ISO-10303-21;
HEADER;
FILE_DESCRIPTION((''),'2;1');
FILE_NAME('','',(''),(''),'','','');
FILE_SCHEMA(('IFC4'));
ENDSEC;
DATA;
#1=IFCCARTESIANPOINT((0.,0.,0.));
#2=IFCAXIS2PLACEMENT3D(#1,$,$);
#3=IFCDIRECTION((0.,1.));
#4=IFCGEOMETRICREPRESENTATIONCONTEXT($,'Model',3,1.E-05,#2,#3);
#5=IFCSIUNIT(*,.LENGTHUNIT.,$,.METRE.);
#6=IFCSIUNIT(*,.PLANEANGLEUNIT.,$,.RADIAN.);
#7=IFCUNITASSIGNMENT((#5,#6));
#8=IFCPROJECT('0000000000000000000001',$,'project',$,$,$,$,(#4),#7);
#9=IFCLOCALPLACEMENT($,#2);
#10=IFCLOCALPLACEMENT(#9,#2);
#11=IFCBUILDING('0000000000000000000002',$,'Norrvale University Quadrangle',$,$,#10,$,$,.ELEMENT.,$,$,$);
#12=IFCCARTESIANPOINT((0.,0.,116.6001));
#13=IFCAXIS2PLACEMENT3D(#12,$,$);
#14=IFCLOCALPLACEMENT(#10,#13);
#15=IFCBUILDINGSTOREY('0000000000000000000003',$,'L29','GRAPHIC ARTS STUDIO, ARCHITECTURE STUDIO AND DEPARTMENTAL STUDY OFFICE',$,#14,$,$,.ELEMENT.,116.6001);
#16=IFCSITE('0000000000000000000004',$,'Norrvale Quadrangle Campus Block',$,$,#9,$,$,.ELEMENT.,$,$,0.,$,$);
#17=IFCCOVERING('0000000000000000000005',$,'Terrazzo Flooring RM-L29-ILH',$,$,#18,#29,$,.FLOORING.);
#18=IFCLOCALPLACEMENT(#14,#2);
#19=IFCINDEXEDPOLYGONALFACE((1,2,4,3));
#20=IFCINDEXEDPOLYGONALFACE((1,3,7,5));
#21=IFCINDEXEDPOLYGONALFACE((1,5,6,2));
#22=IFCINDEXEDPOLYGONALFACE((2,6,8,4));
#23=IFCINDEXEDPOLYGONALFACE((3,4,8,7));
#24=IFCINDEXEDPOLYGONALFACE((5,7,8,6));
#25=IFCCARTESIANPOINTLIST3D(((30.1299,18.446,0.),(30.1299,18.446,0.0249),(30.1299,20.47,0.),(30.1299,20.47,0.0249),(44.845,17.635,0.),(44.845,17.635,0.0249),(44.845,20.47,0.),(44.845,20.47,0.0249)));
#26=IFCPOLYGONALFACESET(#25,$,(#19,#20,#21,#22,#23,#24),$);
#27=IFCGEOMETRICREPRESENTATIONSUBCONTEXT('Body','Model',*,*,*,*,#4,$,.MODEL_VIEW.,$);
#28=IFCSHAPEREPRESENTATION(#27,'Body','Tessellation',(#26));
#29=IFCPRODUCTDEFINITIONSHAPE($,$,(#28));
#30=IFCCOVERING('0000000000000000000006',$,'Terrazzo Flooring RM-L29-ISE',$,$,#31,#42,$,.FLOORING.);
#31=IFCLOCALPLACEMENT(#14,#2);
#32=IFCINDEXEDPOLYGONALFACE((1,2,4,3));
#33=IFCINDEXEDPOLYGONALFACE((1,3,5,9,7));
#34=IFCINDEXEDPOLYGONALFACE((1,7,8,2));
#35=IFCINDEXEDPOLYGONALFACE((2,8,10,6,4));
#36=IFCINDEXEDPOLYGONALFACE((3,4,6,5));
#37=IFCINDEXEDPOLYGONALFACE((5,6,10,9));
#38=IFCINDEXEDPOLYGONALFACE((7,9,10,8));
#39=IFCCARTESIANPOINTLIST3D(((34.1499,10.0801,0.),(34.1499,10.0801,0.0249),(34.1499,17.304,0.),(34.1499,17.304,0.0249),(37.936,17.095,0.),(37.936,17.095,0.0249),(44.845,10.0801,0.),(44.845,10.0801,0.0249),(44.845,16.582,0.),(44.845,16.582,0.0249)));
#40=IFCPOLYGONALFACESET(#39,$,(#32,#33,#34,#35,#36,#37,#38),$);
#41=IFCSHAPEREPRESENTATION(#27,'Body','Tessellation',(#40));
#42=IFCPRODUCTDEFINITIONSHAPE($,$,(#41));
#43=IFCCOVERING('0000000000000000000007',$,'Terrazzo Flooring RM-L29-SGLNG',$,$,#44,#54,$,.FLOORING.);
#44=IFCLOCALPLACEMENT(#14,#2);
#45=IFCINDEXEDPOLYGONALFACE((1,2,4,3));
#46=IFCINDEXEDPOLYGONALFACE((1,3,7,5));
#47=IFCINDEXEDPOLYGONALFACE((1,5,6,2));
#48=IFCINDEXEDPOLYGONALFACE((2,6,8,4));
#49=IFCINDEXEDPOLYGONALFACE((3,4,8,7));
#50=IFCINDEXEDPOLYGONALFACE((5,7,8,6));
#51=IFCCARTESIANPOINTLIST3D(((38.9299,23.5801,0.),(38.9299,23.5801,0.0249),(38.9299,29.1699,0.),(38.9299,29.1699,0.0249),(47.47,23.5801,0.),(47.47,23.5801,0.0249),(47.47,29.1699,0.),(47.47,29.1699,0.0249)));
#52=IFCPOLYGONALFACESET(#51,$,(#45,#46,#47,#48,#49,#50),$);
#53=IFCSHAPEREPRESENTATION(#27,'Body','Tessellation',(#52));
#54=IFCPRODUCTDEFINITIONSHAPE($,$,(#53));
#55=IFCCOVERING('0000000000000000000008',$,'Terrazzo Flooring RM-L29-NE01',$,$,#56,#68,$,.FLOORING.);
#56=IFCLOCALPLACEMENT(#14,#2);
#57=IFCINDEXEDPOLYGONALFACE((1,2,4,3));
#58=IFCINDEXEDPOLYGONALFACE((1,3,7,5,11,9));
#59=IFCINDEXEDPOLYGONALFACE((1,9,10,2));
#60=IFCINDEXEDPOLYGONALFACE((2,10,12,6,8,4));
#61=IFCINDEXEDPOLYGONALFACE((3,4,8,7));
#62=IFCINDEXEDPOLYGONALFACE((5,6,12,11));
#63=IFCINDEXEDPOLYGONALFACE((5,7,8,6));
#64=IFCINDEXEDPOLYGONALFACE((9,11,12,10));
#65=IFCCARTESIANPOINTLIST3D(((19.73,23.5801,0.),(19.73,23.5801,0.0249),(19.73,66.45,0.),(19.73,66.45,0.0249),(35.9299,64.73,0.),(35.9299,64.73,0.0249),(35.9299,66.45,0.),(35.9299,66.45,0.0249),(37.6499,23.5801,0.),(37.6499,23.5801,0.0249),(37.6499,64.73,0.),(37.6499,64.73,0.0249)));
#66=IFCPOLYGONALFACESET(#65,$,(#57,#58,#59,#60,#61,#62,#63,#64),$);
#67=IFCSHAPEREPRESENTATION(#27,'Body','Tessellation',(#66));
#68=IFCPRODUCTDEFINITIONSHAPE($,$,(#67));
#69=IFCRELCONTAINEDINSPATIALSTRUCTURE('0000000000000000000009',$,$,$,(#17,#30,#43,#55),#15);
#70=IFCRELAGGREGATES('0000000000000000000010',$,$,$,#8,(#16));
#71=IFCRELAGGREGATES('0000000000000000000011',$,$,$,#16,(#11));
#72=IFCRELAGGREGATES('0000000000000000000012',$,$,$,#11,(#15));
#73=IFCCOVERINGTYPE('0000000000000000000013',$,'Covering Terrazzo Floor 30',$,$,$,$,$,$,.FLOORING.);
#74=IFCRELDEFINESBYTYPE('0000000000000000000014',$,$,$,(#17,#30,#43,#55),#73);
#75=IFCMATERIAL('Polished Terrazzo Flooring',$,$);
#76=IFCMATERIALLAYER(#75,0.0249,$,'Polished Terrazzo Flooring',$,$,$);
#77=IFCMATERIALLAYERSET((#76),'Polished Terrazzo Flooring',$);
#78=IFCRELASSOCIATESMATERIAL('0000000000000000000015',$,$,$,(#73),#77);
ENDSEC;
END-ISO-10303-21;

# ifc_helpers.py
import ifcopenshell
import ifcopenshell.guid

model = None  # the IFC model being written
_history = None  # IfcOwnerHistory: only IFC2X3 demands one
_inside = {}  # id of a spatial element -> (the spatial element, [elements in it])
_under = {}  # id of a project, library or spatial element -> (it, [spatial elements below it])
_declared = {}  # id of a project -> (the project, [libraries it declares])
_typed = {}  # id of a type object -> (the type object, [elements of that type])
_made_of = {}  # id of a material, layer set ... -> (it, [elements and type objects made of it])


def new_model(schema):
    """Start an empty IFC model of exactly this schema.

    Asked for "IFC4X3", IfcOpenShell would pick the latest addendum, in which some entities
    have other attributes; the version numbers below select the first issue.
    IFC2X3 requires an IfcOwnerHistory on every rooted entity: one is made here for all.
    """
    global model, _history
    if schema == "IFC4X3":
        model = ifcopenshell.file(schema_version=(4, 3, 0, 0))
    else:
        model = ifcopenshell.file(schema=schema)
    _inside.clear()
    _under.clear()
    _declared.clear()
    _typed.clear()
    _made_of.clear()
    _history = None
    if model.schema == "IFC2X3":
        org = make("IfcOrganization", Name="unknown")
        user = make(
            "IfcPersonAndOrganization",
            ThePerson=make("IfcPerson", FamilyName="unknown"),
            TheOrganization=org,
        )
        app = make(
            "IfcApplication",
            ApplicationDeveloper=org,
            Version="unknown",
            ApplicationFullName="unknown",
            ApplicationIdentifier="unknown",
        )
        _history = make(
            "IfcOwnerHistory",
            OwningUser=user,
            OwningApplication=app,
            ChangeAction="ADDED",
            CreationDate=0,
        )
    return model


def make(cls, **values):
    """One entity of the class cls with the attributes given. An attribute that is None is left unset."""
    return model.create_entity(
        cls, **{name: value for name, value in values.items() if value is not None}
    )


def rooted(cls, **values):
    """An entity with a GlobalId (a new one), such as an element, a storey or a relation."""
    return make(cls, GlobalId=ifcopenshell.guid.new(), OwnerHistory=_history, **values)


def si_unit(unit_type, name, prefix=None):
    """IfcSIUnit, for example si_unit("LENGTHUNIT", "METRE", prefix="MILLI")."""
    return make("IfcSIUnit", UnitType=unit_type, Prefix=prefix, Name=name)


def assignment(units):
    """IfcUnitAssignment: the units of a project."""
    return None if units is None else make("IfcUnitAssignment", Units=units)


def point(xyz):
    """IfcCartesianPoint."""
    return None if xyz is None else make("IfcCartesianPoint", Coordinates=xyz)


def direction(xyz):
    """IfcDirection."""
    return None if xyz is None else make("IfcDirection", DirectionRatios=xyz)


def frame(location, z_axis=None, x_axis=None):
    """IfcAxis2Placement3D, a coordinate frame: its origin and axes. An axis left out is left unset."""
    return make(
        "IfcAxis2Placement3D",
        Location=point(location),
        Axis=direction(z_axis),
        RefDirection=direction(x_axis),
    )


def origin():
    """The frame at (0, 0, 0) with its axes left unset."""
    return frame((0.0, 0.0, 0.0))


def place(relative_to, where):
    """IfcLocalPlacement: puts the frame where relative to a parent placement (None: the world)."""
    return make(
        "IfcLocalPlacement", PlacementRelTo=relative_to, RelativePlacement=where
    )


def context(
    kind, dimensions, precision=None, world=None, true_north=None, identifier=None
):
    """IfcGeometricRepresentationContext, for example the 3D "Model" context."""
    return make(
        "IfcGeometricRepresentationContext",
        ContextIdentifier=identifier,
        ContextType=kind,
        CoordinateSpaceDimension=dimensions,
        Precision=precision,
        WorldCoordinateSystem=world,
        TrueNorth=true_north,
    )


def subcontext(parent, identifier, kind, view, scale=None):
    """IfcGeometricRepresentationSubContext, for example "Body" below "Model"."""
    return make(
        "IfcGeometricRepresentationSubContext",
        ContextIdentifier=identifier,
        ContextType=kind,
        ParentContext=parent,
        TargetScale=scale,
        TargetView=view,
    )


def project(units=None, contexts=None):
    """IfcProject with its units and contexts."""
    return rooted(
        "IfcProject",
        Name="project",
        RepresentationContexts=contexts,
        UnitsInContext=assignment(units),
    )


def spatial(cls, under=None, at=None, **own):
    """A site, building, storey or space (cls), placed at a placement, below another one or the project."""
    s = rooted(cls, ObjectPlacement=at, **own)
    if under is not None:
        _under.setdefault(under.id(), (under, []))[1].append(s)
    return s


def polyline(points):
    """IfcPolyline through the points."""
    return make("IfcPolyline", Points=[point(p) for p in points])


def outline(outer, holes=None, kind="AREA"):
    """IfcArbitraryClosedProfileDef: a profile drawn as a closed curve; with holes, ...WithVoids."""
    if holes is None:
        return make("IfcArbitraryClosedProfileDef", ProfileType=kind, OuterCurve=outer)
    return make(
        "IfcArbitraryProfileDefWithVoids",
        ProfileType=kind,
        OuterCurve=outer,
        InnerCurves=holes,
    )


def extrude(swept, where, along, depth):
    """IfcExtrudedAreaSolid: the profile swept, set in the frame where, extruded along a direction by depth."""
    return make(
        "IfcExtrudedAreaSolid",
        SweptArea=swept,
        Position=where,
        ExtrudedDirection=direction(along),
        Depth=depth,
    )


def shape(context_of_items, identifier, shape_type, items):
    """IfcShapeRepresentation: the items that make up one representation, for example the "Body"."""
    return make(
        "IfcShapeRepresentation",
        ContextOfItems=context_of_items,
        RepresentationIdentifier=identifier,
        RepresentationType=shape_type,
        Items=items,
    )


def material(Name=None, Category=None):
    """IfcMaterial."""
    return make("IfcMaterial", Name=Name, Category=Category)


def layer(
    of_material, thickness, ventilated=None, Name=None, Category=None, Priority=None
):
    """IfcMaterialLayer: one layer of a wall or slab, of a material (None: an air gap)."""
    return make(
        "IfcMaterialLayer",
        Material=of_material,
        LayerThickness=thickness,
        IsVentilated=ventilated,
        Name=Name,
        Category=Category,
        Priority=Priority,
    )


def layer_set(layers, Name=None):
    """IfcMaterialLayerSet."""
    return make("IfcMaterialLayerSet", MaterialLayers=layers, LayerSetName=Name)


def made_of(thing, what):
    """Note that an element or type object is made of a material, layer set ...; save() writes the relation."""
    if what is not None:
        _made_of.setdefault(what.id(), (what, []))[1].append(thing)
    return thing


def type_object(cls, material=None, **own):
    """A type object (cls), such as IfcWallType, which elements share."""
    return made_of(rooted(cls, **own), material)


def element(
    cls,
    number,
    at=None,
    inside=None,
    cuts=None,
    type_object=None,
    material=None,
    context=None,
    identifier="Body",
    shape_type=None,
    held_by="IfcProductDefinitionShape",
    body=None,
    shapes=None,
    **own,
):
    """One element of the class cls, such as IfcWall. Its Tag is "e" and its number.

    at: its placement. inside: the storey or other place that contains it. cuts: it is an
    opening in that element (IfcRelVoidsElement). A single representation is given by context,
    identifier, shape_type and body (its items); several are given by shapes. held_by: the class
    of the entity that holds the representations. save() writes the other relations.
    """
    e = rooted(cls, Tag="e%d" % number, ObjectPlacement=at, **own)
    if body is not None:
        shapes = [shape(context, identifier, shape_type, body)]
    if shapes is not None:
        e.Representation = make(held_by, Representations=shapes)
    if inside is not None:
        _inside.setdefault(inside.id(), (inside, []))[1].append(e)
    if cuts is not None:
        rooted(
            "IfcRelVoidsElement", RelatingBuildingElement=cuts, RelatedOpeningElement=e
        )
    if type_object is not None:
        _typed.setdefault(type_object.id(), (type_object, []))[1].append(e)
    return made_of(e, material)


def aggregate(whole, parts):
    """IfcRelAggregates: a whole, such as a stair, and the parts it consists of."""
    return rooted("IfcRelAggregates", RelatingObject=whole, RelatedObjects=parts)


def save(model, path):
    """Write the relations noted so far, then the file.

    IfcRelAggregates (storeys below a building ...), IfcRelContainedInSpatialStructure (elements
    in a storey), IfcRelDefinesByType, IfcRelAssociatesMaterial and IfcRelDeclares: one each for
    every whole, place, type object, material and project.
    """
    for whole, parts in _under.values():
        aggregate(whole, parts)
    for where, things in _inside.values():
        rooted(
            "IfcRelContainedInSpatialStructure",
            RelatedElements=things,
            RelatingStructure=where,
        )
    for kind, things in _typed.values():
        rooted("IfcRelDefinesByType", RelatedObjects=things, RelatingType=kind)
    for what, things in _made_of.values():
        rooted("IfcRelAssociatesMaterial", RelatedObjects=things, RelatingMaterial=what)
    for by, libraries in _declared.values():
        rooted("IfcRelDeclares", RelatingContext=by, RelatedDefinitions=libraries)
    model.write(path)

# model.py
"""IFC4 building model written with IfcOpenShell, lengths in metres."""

from ifc_helpers import new_model, si_unit, direction, frame, origin, place, context, subcontext, project, spatial, polyline, outline, extrude, material, layer, layer_set, type_object, element, save


model = new_model("IFC4")

# Units and contexts
model_context = context("Model", 3, precision=1e-05, world=origin(), true_north=direction((0.0, 1.0)))
body_context = subcontext(model_context, "Body", "Model", "MODEL_VIEW")
ifc_project = project(units=[si_unit("LENGTHUNIT", "METRE"), si_unit("PLANEANGLEUNIT", "RADIAN")], contexts=[model_context])

# Site, building, storey
site_placement = place(None, origin())
site = spatial("IfcSite", under=ifc_project, at=site_placement, Name="Norrvale Quadrangle Campus Block", CompositionType="ELEMENT", RefElevation=0.0)
building_placement = place(site_placement, origin())
building = spatial("IfcBuilding", under=site, at=building_placement, Name="Norrvale University Quadrangle", CompositionType="ELEMENT")
storey_placement = place(building_placement, frame((0.0, 0.0, 116.6001)))
storey = spatial("IfcBuildingStorey", under=building, at=storey_placement, Name="L29", Description="GRAPHIC ARTS STUDIO, ARCHITECTURE STUDIO AND DEPARTMENTAL STUDY OFFICE", CompositionType="ELEMENT", Elevation=116.6001)

# Coverings
ifc_material_1 = material(Name="Polished Terrazzo Flooring")
ifc_layer_1 = layer(ifc_material_1, 0.0249, Name="Polished Terrazzo Flooring")
ifc_layer_set_1 = layer_set([ifc_layer_1], Name="Polished Terrazzo Flooring")
covering_type_1 = type_object("IfcCoveringType", Name="Covering Terrazzo Floor 30", PredefinedType="FLOORING", material=ifc_layer_set_1)
covering_1_placement = place(storey_placement, origin())
element("IfcCovering", 1, at=covering_1_placement, inside=storey, type_object=covering_type_1, Name="Terrazzo Flooring RM-L29-ILH", PredefinedType="FLOORING", context=body_context, shape_type="SweptSolid", body=[
    extrude(outline(polyline([(30.1299, 18.446), (30.1299, 20.47), (44.845, 20.47), (44.845, 17.635), (30.1299, 18.446)])), origin(), (0.0, 0.0, 1.0), 0.0249),
])
covering_2_placement = place(storey_placement, origin())
element("IfcCovering", 2, at=covering_2_placement, inside=storey, type_object=covering_type_1, Name="Terrazzo Flooring RM-L29-ISE", PredefinedType="FLOORING", context=body_context, shape_type="SweptSolid", body=[
    extrude(outline(polyline([(44.845, 16.582), (44.845, 10.0801), (34.1499, 10.0801), (34.1499, 17.304), (37.936, 17.095), (44.845, 16.582)])), origin(), (0.0, 0.0, 1.0), 0.0249),
])
covering_3_placement = place(storey_placement, origin())
element("IfcCovering", 3, at=covering_3_placement, inside=storey, type_object=covering_type_1, Name="Terrazzo Flooring RM-L29-SGLNG", PredefinedType="FLOORING", context=body_context, shape_type="SweptSolid", body=[
    extrude(outline(polyline([(38.9299, 23.5801), (38.9299, 29.1699), (47.47, 29.1699), (47.47, 23.5801), (38.9299, 23.5801)])), origin(), (0.0, 0.0, 1.0), 0.0249),
])
covering_4_placement = place(storey_placement, origin())
element("IfcCovering", 4, at=covering_4_placement, inside=storey, type_object=covering_type_1, Name="Terrazzo Flooring RM-L29-NE01", PredefinedType="FLOORING", context=body_context, shape_type="SweptSolid", body=[
    extrude(outline(polyline([(19.73, 23.5801), (19.73, 66.45), (35.9299, 66.45), (35.9299, 64.73), (37.6499, 64.73), (37.6499, 23.5801), (19.73, 23.5801)])), origin(), (0.0, 0.0, 1.0), 0.0249),
])

save(model, "model.ifc")
